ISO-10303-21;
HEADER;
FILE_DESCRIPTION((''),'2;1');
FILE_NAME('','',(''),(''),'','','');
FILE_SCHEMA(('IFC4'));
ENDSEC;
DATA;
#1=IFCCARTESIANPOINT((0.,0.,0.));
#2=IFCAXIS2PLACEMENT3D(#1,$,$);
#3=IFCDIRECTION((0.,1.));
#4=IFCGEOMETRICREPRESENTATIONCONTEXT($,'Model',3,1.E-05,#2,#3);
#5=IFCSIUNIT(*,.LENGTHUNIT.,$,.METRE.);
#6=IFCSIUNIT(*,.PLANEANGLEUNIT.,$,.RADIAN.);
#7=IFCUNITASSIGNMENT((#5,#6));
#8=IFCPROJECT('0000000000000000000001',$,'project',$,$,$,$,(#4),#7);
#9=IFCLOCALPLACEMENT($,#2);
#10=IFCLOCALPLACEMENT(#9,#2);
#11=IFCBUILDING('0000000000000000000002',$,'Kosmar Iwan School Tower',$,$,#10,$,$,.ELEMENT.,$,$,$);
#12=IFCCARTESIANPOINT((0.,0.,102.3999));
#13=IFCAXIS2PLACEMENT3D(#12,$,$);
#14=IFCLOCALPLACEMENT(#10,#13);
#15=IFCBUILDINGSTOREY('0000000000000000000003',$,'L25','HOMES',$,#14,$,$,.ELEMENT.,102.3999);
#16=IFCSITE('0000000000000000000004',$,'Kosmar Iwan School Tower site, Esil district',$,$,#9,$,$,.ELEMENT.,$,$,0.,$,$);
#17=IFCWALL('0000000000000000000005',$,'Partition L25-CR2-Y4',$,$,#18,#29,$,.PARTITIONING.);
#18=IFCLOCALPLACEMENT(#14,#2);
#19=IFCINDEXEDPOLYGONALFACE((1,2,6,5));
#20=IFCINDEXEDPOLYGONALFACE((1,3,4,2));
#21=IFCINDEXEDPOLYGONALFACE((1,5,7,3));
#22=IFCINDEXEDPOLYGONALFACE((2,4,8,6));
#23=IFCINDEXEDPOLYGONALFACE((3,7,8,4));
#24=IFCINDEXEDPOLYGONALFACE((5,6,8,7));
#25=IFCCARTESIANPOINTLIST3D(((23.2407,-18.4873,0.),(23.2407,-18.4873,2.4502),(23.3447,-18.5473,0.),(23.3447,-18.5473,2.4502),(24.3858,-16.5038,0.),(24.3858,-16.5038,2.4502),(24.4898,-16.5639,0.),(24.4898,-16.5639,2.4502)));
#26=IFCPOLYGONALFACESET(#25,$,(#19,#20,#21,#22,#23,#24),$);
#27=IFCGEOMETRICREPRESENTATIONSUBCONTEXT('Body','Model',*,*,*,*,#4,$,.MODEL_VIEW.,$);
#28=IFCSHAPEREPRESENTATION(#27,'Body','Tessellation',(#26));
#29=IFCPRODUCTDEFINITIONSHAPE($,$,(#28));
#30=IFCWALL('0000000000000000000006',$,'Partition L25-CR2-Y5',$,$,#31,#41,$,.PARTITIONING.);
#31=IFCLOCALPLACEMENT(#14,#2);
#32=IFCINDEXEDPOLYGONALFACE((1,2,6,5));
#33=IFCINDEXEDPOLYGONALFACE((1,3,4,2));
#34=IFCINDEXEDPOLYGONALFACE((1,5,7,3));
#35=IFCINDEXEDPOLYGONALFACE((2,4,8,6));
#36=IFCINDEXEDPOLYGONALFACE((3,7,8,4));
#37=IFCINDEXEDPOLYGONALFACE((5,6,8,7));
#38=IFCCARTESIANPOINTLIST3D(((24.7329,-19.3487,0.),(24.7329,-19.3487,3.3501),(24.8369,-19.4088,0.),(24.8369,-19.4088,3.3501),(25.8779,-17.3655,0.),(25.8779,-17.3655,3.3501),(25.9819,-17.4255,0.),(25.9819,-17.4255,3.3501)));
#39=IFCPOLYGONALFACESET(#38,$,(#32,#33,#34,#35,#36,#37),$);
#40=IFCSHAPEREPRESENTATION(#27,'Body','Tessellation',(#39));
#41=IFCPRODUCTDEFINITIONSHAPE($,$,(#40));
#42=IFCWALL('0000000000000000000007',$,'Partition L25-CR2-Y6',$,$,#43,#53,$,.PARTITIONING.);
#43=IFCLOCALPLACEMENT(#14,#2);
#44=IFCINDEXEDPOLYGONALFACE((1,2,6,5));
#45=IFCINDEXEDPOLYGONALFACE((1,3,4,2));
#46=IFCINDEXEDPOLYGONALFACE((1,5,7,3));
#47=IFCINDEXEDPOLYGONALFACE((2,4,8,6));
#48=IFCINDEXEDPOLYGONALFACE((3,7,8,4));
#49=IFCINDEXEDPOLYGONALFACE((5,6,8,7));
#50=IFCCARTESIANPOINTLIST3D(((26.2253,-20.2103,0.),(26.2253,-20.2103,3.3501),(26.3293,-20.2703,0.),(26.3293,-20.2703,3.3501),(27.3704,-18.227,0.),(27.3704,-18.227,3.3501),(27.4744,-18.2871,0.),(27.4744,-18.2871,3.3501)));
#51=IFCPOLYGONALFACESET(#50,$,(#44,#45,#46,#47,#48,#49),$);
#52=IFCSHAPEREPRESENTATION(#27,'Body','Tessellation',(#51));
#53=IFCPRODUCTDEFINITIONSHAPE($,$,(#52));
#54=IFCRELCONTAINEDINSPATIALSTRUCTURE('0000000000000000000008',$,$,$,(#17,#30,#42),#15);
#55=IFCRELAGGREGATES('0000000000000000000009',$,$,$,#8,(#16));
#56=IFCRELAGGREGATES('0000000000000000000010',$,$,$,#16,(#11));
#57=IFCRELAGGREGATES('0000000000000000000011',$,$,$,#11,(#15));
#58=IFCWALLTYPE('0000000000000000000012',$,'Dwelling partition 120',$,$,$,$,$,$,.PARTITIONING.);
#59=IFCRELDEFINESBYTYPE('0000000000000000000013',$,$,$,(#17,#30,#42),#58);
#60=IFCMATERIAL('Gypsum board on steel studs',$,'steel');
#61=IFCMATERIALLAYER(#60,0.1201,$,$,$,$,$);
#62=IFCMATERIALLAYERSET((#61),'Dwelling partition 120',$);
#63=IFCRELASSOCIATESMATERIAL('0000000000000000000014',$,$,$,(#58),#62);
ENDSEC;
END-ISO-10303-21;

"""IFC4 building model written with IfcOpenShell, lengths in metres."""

from ifc_helpers import new_model, si_unit, direction, frame, frame_2d, origin, place, context, subcontext, project, spatial, rectangle, extrude, material, layer, layer_set, type_object, element, save


model = new_model("IFC4")

# Units and contexts
model_context = context("Model", 3, precision=1e-05, world=origin(), true_north=direction((0.0, 1.0)))
body_context = subcontext(model_context, "Body", "Model", "MODEL_VIEW")
ifc_project = project(units=[si_unit("LENGTHUNIT", "METRE"), si_unit("PLANEANGLEUNIT", "RADIAN")], contexts=[model_context])

# Site, building, storey
site_placement = place(None, origin())
site = spatial("IfcSite", under=ifc_project, at=site_placement, Name="Kosmar Iwan School Tower site, Esil district", CompositionType="ELEMENT", RefElevation=0.0)
building_placement = place(site_placement, origin())
building = spatial("IfcBuilding", under=site, at=building_placement, Name="Kosmar Iwan School Tower", CompositionType="ELEMENT")
storey_placement = place(building_placement, frame((0.0, 0.0, 102.3999)))
storey = spatial("IfcBuildingStorey", under=building, at=storey_placement, Name="L25", Description="HOMES", CompositionType="ELEMENT", Elevation=102.3999)

# Shared definitions
ifc_material_1 = material(Name="Gypsum board on steel studs", Category="steel")
ifc_layer_1 = layer(ifc_material_1, 0.1201)
ifc_layer_set_1 = layer_set([ifc_layer_1], Name="Dwelling partition 120")
wall_type = type_object("IfcWallType", Name="Dwelling partition 120", PredefinedType="PARTITIONING", material=ifc_layer_set_1)

# Walls
wall_1_placement = place(storey_placement, frame((24.4377, -16.5339, 0.0), z_axis=(0.0, 0.0, 1.0), x_axis=(-0.499969, -0.866044, 0.0)))
element("IfcWall", 1, at=wall_1_placement, inside=storey, type_object=wall_type, Name="Partition L25-CR2-Y4", PredefinedType="PARTITIONING", context=body_context, shape_type="SweptSolid", body=[
    extrude(rectangle(XDim=2.2903, YDim=0.1201, at=frame_2d((1.145, 0.0))), origin(), (0.0, 0.0, 1.0), 2.4502),
])
for number, where, z_axis, x_axis, name in (
    (2, (25.9299, -17.3955, 0.0), (0.0, 0.0, 1.0), (-0.500015, -0.866017, 0.0), "Partition L25-CR2-Y5"),
    (3, (27.4224, -18.2571, 0.0), (0.0, 0.0, 1.0), (-0.500015, -0.866017, 0.0), "Partition L25-CR2-Y6"),
):
    element("IfcWall", number, at=place(storey_placement, frame(where, z_axis=z_axis, x_axis=x_axis)), inside=storey, type_object=wall_type, Name=name, PredefinedType="PARTITIONING", context=body_context, shape_type="SweptSolid", body=[
        extrude(rectangle(XDim=2.29, YDim=0.1201, at=frame_2d((1.145, 0.0))), origin(), (0.0, 0.0, 1.0), 3.3501),
    ])

save(model, "model.ifc")
